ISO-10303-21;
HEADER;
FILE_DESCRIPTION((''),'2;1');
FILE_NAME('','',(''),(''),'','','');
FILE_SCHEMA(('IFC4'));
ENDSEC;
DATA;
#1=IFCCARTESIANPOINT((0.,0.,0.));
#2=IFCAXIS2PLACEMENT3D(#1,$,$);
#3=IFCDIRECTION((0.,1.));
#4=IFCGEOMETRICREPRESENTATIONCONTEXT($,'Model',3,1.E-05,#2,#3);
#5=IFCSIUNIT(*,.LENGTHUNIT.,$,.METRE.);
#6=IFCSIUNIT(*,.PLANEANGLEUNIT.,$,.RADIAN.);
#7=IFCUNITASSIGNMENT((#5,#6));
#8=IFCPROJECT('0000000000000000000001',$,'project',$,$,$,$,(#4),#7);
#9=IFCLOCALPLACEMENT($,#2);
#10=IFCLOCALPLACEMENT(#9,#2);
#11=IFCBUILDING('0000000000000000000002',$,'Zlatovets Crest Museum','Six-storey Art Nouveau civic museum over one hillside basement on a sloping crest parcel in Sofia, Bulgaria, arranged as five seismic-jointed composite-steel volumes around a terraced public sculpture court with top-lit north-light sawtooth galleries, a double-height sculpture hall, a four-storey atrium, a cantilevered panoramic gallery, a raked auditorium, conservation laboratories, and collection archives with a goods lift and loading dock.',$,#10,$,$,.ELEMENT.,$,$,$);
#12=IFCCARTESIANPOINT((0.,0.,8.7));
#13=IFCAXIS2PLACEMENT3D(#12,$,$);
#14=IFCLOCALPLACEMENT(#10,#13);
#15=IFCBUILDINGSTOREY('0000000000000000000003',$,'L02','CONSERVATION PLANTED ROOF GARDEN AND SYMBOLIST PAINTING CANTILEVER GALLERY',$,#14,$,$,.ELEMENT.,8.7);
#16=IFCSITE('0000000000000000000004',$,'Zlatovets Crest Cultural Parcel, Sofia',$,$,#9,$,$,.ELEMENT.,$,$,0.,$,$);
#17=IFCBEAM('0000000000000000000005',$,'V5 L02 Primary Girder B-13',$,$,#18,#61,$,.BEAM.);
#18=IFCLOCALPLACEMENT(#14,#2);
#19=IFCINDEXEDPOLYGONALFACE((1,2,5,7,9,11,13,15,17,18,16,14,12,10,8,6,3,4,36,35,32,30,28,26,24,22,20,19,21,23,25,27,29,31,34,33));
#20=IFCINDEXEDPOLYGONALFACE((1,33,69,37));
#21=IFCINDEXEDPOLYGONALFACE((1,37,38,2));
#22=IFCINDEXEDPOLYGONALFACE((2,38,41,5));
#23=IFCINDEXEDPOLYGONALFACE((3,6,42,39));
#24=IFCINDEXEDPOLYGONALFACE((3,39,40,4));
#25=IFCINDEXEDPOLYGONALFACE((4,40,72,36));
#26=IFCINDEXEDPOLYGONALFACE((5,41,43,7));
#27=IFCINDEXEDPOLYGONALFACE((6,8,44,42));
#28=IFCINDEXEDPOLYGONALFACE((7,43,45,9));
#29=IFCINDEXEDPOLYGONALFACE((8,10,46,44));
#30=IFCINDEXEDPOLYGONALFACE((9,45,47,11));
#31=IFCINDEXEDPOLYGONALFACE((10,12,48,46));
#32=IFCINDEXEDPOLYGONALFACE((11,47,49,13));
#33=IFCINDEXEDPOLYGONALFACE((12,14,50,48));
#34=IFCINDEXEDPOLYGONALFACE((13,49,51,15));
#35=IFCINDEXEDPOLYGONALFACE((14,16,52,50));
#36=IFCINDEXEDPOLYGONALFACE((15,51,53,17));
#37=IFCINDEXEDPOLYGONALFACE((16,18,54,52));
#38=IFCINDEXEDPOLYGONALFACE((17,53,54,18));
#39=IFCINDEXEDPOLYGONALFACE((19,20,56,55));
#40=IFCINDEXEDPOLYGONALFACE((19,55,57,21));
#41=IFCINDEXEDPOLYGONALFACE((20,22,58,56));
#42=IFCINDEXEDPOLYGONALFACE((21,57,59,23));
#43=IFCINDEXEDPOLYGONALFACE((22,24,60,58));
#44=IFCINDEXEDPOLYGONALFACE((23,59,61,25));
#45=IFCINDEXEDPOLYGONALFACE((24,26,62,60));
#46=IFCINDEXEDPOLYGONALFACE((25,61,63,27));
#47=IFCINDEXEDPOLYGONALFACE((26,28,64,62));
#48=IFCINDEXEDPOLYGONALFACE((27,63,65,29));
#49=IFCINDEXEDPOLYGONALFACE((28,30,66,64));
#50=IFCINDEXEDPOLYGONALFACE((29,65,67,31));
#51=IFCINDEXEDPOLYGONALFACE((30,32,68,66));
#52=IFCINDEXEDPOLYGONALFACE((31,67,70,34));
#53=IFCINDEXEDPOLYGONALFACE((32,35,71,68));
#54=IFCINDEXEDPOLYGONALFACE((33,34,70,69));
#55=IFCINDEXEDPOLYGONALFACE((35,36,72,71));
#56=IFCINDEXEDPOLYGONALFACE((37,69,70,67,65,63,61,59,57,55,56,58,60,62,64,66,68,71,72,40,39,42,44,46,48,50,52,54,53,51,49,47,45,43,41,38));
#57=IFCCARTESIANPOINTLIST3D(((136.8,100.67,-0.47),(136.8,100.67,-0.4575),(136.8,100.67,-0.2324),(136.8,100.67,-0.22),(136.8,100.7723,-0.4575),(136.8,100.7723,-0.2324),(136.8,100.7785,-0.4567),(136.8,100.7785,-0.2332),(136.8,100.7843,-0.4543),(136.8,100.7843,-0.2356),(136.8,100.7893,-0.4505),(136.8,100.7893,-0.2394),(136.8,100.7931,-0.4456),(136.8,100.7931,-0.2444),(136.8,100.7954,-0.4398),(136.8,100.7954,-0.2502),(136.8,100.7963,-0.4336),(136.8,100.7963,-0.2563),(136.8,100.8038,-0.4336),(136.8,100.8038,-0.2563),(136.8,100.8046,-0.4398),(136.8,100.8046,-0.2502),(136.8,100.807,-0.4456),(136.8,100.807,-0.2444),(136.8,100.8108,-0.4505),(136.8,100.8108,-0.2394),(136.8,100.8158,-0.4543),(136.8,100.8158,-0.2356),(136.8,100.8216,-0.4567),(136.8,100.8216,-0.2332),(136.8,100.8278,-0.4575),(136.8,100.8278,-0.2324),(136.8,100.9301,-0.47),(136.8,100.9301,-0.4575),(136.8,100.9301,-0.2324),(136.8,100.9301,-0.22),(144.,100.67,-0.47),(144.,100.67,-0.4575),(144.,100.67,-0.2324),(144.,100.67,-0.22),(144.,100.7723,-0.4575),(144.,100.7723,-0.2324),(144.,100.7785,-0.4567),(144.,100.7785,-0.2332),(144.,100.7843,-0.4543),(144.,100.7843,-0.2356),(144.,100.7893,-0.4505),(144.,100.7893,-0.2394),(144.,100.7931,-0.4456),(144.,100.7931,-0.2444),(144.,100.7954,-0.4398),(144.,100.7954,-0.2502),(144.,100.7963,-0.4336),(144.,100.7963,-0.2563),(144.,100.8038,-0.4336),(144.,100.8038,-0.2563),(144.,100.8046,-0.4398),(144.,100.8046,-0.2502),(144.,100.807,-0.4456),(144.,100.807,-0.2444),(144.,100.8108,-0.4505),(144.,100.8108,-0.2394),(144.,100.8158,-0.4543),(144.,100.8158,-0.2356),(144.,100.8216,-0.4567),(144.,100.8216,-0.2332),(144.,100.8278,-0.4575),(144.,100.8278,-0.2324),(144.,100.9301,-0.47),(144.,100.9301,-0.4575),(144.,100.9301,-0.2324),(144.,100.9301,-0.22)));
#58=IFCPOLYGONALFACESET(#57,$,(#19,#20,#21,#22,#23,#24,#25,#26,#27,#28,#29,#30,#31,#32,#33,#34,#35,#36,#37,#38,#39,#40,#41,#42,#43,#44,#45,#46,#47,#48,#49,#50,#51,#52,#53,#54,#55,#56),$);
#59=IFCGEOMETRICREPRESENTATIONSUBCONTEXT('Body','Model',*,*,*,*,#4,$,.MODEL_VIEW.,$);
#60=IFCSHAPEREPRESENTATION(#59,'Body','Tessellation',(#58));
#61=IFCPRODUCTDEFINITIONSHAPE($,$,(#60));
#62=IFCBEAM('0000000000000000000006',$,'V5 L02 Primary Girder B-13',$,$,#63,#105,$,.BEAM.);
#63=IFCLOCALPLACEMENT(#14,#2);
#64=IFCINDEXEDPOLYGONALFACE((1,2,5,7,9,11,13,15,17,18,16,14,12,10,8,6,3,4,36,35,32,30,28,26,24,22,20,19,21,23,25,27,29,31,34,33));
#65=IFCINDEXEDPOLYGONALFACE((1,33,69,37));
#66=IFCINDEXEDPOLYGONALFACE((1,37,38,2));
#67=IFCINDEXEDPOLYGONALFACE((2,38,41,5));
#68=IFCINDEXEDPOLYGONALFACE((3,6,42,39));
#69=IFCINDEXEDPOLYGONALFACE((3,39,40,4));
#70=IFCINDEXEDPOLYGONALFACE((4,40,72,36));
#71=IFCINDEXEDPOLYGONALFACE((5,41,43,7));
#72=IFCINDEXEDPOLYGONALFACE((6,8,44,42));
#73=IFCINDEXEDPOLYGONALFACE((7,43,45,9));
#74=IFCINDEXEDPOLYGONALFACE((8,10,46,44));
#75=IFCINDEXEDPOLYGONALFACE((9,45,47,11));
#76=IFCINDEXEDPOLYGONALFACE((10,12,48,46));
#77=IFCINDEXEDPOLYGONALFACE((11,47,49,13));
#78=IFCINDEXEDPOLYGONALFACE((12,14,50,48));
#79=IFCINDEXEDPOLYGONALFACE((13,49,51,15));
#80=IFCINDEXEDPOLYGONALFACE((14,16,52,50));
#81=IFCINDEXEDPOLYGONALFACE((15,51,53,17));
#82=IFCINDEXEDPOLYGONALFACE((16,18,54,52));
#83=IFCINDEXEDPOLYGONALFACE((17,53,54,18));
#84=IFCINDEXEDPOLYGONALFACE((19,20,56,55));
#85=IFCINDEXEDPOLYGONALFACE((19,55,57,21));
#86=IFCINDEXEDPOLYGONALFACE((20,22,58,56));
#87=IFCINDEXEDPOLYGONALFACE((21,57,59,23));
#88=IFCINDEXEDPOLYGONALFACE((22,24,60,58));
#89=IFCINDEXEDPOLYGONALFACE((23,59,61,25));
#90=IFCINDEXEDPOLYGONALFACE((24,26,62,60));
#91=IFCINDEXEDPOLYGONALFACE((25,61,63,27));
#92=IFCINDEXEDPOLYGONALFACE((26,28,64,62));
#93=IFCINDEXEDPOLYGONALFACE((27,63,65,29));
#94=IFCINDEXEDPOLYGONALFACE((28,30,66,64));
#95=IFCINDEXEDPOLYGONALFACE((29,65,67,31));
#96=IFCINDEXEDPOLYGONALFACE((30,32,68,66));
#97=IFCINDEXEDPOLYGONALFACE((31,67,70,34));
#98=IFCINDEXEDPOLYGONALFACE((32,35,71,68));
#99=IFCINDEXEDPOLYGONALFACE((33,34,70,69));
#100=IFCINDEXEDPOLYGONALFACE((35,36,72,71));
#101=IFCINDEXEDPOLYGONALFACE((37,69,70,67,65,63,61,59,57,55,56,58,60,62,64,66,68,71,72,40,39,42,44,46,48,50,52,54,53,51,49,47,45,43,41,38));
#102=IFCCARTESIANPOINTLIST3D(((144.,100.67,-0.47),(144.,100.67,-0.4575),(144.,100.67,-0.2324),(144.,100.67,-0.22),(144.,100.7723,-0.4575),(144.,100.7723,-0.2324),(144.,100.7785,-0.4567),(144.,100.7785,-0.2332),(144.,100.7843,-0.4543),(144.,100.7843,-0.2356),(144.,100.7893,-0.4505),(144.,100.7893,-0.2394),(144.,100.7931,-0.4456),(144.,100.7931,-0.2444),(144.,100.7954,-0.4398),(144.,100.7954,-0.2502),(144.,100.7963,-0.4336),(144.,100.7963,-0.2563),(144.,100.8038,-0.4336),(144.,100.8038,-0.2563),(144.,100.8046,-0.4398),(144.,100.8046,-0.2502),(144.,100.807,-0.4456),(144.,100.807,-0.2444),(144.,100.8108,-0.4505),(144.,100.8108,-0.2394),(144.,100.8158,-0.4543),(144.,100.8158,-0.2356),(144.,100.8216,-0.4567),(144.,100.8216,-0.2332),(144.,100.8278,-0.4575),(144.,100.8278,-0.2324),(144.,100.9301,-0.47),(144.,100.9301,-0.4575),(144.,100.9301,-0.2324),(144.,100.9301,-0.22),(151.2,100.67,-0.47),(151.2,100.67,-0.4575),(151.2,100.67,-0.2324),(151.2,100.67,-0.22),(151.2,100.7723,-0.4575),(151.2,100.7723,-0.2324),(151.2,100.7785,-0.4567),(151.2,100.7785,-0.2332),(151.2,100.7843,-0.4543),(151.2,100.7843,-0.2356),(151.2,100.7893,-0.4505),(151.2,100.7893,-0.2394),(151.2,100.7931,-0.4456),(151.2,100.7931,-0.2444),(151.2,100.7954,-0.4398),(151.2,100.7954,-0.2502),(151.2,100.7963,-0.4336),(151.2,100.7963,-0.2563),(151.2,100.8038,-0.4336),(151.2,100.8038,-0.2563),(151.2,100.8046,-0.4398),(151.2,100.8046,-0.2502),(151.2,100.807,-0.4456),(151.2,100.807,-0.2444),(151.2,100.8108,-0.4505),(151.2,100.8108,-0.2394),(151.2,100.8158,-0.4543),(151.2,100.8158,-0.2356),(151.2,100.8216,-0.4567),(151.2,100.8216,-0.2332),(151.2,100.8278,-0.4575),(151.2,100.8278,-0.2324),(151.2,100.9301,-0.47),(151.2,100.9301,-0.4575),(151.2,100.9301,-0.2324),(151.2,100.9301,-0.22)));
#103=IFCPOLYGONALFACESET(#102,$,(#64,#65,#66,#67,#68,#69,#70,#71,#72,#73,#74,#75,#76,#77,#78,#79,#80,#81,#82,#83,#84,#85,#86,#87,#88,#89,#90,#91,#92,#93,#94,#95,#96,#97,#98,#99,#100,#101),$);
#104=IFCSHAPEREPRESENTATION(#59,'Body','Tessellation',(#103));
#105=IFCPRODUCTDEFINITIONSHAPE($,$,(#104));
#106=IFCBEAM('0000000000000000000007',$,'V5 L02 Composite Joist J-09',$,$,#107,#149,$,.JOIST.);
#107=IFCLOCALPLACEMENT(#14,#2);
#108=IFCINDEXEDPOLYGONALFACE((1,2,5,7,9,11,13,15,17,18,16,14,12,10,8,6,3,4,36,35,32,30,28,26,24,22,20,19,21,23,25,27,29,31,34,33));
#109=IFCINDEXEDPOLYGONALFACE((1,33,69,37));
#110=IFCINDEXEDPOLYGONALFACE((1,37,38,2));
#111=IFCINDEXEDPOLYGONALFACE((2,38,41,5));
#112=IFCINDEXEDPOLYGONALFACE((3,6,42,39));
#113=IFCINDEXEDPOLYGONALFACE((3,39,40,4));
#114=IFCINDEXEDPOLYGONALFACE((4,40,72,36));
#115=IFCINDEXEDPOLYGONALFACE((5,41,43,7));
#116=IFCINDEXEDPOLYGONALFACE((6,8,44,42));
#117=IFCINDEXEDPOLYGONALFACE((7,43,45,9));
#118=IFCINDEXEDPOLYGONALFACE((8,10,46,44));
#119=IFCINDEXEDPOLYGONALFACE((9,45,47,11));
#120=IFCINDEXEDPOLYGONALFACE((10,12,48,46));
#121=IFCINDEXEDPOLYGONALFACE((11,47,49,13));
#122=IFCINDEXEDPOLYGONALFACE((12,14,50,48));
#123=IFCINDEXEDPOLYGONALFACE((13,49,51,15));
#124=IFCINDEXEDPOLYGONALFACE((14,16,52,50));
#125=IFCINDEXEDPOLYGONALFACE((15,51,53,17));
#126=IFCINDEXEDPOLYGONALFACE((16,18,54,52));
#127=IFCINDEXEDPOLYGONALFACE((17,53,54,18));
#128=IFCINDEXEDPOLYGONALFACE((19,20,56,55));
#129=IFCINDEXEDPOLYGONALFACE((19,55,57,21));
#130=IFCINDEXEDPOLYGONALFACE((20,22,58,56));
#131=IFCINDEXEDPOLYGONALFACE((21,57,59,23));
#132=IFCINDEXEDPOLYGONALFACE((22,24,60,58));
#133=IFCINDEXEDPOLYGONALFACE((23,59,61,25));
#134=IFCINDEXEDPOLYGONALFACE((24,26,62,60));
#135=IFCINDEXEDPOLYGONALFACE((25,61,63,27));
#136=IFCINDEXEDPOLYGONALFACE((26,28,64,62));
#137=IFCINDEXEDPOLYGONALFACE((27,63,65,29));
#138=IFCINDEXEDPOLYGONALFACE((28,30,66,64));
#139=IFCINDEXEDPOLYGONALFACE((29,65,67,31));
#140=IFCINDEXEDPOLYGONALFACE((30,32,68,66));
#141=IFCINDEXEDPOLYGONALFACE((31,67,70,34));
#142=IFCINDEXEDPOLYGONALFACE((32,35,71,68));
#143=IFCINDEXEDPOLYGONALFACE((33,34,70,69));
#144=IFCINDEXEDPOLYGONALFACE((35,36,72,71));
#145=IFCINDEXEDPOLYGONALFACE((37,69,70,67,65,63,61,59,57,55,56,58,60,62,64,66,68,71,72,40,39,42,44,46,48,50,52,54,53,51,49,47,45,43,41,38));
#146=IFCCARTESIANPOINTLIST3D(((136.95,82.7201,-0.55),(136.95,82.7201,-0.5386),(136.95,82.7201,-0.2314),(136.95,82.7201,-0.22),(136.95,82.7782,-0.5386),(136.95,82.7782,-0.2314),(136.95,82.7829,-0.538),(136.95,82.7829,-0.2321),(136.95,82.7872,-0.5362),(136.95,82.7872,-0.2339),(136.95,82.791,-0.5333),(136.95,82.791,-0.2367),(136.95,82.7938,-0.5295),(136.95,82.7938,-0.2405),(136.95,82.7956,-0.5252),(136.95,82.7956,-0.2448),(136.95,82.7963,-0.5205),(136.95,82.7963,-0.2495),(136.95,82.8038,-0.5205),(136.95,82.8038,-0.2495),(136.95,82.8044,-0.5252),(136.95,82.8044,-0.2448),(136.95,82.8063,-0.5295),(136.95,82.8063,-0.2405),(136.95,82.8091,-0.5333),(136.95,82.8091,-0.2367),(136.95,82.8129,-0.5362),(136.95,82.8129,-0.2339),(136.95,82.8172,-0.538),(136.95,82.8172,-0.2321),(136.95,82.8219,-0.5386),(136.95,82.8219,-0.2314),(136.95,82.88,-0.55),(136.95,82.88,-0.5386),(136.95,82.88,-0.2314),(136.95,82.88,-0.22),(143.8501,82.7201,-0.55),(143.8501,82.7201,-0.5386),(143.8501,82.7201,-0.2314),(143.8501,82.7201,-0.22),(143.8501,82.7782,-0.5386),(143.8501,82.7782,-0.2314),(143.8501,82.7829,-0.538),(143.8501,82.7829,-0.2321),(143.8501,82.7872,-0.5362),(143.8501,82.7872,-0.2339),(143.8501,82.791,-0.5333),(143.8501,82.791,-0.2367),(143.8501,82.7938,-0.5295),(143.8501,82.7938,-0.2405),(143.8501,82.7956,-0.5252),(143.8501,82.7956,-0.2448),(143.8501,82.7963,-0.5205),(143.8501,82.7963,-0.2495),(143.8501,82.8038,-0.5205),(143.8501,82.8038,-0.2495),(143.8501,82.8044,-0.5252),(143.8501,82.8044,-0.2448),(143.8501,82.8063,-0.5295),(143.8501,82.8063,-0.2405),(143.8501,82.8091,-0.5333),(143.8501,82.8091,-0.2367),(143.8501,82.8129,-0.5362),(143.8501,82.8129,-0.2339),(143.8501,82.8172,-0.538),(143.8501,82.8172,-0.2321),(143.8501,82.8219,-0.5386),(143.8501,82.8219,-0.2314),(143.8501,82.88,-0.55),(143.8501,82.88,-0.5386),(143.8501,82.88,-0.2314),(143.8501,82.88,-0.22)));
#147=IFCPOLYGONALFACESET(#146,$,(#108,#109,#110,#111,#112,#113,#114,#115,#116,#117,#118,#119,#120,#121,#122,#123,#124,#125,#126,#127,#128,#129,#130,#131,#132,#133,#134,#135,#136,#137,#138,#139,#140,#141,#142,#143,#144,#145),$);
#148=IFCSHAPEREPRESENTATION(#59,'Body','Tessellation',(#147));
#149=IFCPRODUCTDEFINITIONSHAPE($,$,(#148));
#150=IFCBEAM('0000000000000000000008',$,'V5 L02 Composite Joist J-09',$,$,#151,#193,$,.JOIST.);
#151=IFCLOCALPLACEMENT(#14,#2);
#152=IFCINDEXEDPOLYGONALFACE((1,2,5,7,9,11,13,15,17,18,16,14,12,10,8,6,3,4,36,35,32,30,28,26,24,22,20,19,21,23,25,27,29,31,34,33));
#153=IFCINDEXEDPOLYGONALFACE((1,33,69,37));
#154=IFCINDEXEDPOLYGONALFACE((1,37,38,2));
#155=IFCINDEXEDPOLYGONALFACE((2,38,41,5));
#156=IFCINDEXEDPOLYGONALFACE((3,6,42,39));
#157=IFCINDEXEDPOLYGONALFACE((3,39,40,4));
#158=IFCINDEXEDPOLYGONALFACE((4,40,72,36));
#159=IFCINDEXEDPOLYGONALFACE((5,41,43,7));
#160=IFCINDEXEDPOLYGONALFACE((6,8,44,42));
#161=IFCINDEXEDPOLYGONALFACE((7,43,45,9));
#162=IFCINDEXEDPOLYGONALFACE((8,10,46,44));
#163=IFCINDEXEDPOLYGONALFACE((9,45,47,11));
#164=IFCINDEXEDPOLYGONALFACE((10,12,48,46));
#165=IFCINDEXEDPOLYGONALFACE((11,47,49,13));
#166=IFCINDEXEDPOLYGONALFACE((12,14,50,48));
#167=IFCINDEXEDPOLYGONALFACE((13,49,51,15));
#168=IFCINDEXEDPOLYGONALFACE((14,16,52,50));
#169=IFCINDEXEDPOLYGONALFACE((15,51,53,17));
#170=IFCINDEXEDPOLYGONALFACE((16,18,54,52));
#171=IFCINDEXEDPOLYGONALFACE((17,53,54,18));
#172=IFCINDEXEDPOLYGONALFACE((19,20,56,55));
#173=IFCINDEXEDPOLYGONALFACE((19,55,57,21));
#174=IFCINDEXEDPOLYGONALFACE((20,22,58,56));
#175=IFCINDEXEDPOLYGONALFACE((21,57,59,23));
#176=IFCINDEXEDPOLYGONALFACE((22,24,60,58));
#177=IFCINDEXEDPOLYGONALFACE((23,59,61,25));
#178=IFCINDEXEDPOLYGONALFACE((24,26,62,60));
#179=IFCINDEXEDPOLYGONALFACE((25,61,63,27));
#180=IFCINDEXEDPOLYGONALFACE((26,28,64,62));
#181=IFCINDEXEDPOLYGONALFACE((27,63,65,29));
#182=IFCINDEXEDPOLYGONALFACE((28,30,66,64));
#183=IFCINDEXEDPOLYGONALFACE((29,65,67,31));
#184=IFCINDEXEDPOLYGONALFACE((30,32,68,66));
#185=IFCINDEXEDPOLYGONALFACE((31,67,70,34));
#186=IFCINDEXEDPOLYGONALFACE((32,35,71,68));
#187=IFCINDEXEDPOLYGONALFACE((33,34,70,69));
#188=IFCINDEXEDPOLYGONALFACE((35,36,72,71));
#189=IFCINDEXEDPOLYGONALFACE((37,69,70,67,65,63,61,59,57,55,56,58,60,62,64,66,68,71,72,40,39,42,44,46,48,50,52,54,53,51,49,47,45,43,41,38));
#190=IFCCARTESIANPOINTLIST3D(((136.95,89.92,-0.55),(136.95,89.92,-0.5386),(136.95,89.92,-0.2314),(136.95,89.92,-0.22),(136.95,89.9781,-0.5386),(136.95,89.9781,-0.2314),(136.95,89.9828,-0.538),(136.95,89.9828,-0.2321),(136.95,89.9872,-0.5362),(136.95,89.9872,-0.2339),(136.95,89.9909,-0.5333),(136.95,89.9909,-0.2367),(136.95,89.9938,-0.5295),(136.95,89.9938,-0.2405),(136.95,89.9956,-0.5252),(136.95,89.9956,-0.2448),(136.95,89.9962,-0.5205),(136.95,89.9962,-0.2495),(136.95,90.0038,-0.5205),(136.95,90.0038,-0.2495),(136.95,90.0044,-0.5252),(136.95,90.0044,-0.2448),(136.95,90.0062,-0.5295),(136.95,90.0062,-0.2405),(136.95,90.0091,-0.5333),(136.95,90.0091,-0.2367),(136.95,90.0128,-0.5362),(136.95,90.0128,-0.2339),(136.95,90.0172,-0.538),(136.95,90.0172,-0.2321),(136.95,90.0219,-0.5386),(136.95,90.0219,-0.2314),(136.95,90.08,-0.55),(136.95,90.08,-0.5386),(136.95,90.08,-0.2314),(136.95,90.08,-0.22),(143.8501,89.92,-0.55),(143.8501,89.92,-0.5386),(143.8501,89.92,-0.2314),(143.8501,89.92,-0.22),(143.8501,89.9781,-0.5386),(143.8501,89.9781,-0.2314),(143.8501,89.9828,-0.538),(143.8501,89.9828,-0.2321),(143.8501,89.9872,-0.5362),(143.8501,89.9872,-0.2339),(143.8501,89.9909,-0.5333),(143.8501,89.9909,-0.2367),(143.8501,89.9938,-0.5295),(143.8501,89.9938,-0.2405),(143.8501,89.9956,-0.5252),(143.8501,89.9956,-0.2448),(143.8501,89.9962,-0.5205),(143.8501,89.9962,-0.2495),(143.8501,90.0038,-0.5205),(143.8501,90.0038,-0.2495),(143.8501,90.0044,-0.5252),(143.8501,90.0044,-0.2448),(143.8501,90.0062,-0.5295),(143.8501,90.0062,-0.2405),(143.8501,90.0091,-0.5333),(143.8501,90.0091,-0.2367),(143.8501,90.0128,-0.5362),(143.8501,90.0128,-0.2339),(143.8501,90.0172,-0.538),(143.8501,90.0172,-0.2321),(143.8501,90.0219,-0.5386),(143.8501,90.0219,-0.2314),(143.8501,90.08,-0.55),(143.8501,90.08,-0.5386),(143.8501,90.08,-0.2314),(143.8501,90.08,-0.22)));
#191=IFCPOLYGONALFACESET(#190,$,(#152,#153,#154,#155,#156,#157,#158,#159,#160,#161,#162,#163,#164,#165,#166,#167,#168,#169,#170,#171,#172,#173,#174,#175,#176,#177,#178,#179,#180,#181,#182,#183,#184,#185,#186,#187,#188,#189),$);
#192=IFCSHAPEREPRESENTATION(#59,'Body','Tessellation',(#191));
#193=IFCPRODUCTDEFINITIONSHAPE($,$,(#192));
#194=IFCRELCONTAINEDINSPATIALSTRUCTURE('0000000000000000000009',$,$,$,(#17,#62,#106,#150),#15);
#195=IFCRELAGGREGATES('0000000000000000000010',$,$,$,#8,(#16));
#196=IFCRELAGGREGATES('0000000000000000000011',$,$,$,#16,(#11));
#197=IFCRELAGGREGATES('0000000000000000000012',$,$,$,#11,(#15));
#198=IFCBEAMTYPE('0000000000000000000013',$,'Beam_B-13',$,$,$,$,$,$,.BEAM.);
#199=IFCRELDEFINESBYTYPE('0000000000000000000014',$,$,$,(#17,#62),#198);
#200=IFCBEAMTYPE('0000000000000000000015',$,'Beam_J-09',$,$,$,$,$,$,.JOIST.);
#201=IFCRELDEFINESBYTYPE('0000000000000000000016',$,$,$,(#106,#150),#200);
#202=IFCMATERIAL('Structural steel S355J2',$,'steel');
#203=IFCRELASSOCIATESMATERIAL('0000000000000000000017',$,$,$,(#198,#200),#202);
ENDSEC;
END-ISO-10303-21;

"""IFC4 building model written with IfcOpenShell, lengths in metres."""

from ifc_helpers import new_model, si_unit, direction, frame, origin, origin_2d, place, context, subcontext, project, spatial, i_section, extrude, material, material_profile, profile_set, type_object, element, save


model = new_model("IFC4")

# Units and contexts
model_context = context("Model", 3, precision=1e-05, world=origin(), true_north=direction((0.0, 1.0)))
body_context = subcontext(model_context, "Body", "Model", "MODEL_VIEW")
ifc_project = project(units=[si_unit("LENGTHUNIT", "METRE"), si_unit("PLANEANGLEUNIT", "RADIAN")], contexts=[model_context])

# Site, building, storey
site_placement = place(None, origin())
site = spatial("IfcSite", under=ifc_project, at=site_placement, Name="Zlatovets Crest Cultural Parcel, Sofia", CompositionType="ELEMENT", RefElevation=0.0)
building_placement = place(site_placement, origin())
building = spatial("IfcBuilding", under=site, at=building_placement, Name="Zlatovets Crest Museum", Description="Six-storey Art Nouveau civic museum over one hillside basement on a sloping crest parcel in Sofia, Bulgaria, arranged as five seismic-jointed composite-steel volumes around a terraced public sculpture court with top-lit north-light sawtooth galleries, a double-height sculpture hall, a four-storey atrium, a cantilevered panoramic gallery, a raked auditorium, conservation laboratories, and collection archives with a goods lift and loading dock.", CompositionType="ELEMENT")
storey_placement = place(building_placement, frame((0.0, 0.0, 8.7)))
storey = spatial("IfcBuildingStorey", under=building, at=storey_placement, Name="L02", Description="CONSERVATION PLANTED ROOF GARDEN AND SYMBOLIST PAINTING CANTILEVER GALLERY", CompositionType="ELEMENT", Elevation=8.7)

# Shared definitions
ifc_material_1 = material(Name="Structural steel S355J2", Category="steel")

# Beams
ifc_material_profile_1 = material_profile(ifc_material_1, i_section(OverallWidth=0.26, OverallDepth=0.25, WebThickness=0.0076, FlangeThickness=0.0125, FilletRadius=0.0239, at=origin_2d()), Name="HEA 260")
ifc_profile_set_1 = profile_set([ifc_material_profile_1], Name="Structural steel S355J2")
beam_type_1 = type_object("IfcBeamType", Name="Beam_B-13", PredefinedType="BEAM", material=ifc_profile_set_1)
for number, where, z_axis, x_axis, name in (
    (1, (136.8, 100.8, -0.345), (1.0, 0.0, 0.0), (0.0, 1.0, 0.0), "V5 L02 Primary Girder B-13"),
    (2, (144.0, 100.8, -0.345), (1.0, 0.0, 0.0), (0.0, 1.0, 0.0), "V5 L02 Primary Girder B-13"),
):
    element("IfcBeam", number, at=place(storey_placement, frame(where, z_axis=z_axis, x_axis=x_axis)), inside=storey, type_object=beam_type_1, Name=name, PredefinedType="BEAM", context=body_context, shape_type="SweptSolid", body=[
        extrude(i_section(OverallWidth=0.26, OverallDepth=0.25, WebThickness=0.0076, FlangeThickness=0.0125, FilletRadius=0.0239, at=origin_2d()), origin(), (0.0, 0.0, 1.0), 7.2),
    ])
ifc_material_profile_2 = material_profile(ifc_material_1, i_section(OverallWidth=0.1599, OverallDepth=0.3301, WebThickness=0.0076, FlangeThickness=0.0115, FilletRadius=0.0181, at=origin_2d()), Name="IPE 330")
ifc_profile_set_2 = profile_set([ifc_material_profile_2], Name="Structural steel S355J2")
beam_type_2 = type_object("IfcBeamType", Name="Beam_J-09", PredefinedType="JOIST", material=ifc_profile_set_2)
for number, where, z_axis, x_axis, name in (
    (3, (136.95, 82.8, -0.385), (1.0, 0.0, 0.0), (0.0, 1.0, 0.0), "V5 L02 Composite Joist J-09"),
    (4, (136.95, 90.0, -0.385), (1.0, 0.0, 0.0), (0.0, 1.0, 0.0), "V5 L02 Composite Joist J-09"),
):
    element("IfcBeam", number, at=place(storey_placement, frame(where, z_axis=z_axis, x_axis=x_axis)), inside=storey, type_object=beam_type_2, Name=name, PredefinedType="JOIST", context=body_context, shape_type="SweptSolid", body=[
        extrude(i_section(OverallWidth=0.1599, OverallDepth=0.3301, WebThickness=0.0076, FlangeThickness=0.0115, FilletRadius=0.0181, at=origin_2d()), origin(), (0.0, 0.0, 1.0), 6.9001),
    ])

save(model, "model.ifc")
